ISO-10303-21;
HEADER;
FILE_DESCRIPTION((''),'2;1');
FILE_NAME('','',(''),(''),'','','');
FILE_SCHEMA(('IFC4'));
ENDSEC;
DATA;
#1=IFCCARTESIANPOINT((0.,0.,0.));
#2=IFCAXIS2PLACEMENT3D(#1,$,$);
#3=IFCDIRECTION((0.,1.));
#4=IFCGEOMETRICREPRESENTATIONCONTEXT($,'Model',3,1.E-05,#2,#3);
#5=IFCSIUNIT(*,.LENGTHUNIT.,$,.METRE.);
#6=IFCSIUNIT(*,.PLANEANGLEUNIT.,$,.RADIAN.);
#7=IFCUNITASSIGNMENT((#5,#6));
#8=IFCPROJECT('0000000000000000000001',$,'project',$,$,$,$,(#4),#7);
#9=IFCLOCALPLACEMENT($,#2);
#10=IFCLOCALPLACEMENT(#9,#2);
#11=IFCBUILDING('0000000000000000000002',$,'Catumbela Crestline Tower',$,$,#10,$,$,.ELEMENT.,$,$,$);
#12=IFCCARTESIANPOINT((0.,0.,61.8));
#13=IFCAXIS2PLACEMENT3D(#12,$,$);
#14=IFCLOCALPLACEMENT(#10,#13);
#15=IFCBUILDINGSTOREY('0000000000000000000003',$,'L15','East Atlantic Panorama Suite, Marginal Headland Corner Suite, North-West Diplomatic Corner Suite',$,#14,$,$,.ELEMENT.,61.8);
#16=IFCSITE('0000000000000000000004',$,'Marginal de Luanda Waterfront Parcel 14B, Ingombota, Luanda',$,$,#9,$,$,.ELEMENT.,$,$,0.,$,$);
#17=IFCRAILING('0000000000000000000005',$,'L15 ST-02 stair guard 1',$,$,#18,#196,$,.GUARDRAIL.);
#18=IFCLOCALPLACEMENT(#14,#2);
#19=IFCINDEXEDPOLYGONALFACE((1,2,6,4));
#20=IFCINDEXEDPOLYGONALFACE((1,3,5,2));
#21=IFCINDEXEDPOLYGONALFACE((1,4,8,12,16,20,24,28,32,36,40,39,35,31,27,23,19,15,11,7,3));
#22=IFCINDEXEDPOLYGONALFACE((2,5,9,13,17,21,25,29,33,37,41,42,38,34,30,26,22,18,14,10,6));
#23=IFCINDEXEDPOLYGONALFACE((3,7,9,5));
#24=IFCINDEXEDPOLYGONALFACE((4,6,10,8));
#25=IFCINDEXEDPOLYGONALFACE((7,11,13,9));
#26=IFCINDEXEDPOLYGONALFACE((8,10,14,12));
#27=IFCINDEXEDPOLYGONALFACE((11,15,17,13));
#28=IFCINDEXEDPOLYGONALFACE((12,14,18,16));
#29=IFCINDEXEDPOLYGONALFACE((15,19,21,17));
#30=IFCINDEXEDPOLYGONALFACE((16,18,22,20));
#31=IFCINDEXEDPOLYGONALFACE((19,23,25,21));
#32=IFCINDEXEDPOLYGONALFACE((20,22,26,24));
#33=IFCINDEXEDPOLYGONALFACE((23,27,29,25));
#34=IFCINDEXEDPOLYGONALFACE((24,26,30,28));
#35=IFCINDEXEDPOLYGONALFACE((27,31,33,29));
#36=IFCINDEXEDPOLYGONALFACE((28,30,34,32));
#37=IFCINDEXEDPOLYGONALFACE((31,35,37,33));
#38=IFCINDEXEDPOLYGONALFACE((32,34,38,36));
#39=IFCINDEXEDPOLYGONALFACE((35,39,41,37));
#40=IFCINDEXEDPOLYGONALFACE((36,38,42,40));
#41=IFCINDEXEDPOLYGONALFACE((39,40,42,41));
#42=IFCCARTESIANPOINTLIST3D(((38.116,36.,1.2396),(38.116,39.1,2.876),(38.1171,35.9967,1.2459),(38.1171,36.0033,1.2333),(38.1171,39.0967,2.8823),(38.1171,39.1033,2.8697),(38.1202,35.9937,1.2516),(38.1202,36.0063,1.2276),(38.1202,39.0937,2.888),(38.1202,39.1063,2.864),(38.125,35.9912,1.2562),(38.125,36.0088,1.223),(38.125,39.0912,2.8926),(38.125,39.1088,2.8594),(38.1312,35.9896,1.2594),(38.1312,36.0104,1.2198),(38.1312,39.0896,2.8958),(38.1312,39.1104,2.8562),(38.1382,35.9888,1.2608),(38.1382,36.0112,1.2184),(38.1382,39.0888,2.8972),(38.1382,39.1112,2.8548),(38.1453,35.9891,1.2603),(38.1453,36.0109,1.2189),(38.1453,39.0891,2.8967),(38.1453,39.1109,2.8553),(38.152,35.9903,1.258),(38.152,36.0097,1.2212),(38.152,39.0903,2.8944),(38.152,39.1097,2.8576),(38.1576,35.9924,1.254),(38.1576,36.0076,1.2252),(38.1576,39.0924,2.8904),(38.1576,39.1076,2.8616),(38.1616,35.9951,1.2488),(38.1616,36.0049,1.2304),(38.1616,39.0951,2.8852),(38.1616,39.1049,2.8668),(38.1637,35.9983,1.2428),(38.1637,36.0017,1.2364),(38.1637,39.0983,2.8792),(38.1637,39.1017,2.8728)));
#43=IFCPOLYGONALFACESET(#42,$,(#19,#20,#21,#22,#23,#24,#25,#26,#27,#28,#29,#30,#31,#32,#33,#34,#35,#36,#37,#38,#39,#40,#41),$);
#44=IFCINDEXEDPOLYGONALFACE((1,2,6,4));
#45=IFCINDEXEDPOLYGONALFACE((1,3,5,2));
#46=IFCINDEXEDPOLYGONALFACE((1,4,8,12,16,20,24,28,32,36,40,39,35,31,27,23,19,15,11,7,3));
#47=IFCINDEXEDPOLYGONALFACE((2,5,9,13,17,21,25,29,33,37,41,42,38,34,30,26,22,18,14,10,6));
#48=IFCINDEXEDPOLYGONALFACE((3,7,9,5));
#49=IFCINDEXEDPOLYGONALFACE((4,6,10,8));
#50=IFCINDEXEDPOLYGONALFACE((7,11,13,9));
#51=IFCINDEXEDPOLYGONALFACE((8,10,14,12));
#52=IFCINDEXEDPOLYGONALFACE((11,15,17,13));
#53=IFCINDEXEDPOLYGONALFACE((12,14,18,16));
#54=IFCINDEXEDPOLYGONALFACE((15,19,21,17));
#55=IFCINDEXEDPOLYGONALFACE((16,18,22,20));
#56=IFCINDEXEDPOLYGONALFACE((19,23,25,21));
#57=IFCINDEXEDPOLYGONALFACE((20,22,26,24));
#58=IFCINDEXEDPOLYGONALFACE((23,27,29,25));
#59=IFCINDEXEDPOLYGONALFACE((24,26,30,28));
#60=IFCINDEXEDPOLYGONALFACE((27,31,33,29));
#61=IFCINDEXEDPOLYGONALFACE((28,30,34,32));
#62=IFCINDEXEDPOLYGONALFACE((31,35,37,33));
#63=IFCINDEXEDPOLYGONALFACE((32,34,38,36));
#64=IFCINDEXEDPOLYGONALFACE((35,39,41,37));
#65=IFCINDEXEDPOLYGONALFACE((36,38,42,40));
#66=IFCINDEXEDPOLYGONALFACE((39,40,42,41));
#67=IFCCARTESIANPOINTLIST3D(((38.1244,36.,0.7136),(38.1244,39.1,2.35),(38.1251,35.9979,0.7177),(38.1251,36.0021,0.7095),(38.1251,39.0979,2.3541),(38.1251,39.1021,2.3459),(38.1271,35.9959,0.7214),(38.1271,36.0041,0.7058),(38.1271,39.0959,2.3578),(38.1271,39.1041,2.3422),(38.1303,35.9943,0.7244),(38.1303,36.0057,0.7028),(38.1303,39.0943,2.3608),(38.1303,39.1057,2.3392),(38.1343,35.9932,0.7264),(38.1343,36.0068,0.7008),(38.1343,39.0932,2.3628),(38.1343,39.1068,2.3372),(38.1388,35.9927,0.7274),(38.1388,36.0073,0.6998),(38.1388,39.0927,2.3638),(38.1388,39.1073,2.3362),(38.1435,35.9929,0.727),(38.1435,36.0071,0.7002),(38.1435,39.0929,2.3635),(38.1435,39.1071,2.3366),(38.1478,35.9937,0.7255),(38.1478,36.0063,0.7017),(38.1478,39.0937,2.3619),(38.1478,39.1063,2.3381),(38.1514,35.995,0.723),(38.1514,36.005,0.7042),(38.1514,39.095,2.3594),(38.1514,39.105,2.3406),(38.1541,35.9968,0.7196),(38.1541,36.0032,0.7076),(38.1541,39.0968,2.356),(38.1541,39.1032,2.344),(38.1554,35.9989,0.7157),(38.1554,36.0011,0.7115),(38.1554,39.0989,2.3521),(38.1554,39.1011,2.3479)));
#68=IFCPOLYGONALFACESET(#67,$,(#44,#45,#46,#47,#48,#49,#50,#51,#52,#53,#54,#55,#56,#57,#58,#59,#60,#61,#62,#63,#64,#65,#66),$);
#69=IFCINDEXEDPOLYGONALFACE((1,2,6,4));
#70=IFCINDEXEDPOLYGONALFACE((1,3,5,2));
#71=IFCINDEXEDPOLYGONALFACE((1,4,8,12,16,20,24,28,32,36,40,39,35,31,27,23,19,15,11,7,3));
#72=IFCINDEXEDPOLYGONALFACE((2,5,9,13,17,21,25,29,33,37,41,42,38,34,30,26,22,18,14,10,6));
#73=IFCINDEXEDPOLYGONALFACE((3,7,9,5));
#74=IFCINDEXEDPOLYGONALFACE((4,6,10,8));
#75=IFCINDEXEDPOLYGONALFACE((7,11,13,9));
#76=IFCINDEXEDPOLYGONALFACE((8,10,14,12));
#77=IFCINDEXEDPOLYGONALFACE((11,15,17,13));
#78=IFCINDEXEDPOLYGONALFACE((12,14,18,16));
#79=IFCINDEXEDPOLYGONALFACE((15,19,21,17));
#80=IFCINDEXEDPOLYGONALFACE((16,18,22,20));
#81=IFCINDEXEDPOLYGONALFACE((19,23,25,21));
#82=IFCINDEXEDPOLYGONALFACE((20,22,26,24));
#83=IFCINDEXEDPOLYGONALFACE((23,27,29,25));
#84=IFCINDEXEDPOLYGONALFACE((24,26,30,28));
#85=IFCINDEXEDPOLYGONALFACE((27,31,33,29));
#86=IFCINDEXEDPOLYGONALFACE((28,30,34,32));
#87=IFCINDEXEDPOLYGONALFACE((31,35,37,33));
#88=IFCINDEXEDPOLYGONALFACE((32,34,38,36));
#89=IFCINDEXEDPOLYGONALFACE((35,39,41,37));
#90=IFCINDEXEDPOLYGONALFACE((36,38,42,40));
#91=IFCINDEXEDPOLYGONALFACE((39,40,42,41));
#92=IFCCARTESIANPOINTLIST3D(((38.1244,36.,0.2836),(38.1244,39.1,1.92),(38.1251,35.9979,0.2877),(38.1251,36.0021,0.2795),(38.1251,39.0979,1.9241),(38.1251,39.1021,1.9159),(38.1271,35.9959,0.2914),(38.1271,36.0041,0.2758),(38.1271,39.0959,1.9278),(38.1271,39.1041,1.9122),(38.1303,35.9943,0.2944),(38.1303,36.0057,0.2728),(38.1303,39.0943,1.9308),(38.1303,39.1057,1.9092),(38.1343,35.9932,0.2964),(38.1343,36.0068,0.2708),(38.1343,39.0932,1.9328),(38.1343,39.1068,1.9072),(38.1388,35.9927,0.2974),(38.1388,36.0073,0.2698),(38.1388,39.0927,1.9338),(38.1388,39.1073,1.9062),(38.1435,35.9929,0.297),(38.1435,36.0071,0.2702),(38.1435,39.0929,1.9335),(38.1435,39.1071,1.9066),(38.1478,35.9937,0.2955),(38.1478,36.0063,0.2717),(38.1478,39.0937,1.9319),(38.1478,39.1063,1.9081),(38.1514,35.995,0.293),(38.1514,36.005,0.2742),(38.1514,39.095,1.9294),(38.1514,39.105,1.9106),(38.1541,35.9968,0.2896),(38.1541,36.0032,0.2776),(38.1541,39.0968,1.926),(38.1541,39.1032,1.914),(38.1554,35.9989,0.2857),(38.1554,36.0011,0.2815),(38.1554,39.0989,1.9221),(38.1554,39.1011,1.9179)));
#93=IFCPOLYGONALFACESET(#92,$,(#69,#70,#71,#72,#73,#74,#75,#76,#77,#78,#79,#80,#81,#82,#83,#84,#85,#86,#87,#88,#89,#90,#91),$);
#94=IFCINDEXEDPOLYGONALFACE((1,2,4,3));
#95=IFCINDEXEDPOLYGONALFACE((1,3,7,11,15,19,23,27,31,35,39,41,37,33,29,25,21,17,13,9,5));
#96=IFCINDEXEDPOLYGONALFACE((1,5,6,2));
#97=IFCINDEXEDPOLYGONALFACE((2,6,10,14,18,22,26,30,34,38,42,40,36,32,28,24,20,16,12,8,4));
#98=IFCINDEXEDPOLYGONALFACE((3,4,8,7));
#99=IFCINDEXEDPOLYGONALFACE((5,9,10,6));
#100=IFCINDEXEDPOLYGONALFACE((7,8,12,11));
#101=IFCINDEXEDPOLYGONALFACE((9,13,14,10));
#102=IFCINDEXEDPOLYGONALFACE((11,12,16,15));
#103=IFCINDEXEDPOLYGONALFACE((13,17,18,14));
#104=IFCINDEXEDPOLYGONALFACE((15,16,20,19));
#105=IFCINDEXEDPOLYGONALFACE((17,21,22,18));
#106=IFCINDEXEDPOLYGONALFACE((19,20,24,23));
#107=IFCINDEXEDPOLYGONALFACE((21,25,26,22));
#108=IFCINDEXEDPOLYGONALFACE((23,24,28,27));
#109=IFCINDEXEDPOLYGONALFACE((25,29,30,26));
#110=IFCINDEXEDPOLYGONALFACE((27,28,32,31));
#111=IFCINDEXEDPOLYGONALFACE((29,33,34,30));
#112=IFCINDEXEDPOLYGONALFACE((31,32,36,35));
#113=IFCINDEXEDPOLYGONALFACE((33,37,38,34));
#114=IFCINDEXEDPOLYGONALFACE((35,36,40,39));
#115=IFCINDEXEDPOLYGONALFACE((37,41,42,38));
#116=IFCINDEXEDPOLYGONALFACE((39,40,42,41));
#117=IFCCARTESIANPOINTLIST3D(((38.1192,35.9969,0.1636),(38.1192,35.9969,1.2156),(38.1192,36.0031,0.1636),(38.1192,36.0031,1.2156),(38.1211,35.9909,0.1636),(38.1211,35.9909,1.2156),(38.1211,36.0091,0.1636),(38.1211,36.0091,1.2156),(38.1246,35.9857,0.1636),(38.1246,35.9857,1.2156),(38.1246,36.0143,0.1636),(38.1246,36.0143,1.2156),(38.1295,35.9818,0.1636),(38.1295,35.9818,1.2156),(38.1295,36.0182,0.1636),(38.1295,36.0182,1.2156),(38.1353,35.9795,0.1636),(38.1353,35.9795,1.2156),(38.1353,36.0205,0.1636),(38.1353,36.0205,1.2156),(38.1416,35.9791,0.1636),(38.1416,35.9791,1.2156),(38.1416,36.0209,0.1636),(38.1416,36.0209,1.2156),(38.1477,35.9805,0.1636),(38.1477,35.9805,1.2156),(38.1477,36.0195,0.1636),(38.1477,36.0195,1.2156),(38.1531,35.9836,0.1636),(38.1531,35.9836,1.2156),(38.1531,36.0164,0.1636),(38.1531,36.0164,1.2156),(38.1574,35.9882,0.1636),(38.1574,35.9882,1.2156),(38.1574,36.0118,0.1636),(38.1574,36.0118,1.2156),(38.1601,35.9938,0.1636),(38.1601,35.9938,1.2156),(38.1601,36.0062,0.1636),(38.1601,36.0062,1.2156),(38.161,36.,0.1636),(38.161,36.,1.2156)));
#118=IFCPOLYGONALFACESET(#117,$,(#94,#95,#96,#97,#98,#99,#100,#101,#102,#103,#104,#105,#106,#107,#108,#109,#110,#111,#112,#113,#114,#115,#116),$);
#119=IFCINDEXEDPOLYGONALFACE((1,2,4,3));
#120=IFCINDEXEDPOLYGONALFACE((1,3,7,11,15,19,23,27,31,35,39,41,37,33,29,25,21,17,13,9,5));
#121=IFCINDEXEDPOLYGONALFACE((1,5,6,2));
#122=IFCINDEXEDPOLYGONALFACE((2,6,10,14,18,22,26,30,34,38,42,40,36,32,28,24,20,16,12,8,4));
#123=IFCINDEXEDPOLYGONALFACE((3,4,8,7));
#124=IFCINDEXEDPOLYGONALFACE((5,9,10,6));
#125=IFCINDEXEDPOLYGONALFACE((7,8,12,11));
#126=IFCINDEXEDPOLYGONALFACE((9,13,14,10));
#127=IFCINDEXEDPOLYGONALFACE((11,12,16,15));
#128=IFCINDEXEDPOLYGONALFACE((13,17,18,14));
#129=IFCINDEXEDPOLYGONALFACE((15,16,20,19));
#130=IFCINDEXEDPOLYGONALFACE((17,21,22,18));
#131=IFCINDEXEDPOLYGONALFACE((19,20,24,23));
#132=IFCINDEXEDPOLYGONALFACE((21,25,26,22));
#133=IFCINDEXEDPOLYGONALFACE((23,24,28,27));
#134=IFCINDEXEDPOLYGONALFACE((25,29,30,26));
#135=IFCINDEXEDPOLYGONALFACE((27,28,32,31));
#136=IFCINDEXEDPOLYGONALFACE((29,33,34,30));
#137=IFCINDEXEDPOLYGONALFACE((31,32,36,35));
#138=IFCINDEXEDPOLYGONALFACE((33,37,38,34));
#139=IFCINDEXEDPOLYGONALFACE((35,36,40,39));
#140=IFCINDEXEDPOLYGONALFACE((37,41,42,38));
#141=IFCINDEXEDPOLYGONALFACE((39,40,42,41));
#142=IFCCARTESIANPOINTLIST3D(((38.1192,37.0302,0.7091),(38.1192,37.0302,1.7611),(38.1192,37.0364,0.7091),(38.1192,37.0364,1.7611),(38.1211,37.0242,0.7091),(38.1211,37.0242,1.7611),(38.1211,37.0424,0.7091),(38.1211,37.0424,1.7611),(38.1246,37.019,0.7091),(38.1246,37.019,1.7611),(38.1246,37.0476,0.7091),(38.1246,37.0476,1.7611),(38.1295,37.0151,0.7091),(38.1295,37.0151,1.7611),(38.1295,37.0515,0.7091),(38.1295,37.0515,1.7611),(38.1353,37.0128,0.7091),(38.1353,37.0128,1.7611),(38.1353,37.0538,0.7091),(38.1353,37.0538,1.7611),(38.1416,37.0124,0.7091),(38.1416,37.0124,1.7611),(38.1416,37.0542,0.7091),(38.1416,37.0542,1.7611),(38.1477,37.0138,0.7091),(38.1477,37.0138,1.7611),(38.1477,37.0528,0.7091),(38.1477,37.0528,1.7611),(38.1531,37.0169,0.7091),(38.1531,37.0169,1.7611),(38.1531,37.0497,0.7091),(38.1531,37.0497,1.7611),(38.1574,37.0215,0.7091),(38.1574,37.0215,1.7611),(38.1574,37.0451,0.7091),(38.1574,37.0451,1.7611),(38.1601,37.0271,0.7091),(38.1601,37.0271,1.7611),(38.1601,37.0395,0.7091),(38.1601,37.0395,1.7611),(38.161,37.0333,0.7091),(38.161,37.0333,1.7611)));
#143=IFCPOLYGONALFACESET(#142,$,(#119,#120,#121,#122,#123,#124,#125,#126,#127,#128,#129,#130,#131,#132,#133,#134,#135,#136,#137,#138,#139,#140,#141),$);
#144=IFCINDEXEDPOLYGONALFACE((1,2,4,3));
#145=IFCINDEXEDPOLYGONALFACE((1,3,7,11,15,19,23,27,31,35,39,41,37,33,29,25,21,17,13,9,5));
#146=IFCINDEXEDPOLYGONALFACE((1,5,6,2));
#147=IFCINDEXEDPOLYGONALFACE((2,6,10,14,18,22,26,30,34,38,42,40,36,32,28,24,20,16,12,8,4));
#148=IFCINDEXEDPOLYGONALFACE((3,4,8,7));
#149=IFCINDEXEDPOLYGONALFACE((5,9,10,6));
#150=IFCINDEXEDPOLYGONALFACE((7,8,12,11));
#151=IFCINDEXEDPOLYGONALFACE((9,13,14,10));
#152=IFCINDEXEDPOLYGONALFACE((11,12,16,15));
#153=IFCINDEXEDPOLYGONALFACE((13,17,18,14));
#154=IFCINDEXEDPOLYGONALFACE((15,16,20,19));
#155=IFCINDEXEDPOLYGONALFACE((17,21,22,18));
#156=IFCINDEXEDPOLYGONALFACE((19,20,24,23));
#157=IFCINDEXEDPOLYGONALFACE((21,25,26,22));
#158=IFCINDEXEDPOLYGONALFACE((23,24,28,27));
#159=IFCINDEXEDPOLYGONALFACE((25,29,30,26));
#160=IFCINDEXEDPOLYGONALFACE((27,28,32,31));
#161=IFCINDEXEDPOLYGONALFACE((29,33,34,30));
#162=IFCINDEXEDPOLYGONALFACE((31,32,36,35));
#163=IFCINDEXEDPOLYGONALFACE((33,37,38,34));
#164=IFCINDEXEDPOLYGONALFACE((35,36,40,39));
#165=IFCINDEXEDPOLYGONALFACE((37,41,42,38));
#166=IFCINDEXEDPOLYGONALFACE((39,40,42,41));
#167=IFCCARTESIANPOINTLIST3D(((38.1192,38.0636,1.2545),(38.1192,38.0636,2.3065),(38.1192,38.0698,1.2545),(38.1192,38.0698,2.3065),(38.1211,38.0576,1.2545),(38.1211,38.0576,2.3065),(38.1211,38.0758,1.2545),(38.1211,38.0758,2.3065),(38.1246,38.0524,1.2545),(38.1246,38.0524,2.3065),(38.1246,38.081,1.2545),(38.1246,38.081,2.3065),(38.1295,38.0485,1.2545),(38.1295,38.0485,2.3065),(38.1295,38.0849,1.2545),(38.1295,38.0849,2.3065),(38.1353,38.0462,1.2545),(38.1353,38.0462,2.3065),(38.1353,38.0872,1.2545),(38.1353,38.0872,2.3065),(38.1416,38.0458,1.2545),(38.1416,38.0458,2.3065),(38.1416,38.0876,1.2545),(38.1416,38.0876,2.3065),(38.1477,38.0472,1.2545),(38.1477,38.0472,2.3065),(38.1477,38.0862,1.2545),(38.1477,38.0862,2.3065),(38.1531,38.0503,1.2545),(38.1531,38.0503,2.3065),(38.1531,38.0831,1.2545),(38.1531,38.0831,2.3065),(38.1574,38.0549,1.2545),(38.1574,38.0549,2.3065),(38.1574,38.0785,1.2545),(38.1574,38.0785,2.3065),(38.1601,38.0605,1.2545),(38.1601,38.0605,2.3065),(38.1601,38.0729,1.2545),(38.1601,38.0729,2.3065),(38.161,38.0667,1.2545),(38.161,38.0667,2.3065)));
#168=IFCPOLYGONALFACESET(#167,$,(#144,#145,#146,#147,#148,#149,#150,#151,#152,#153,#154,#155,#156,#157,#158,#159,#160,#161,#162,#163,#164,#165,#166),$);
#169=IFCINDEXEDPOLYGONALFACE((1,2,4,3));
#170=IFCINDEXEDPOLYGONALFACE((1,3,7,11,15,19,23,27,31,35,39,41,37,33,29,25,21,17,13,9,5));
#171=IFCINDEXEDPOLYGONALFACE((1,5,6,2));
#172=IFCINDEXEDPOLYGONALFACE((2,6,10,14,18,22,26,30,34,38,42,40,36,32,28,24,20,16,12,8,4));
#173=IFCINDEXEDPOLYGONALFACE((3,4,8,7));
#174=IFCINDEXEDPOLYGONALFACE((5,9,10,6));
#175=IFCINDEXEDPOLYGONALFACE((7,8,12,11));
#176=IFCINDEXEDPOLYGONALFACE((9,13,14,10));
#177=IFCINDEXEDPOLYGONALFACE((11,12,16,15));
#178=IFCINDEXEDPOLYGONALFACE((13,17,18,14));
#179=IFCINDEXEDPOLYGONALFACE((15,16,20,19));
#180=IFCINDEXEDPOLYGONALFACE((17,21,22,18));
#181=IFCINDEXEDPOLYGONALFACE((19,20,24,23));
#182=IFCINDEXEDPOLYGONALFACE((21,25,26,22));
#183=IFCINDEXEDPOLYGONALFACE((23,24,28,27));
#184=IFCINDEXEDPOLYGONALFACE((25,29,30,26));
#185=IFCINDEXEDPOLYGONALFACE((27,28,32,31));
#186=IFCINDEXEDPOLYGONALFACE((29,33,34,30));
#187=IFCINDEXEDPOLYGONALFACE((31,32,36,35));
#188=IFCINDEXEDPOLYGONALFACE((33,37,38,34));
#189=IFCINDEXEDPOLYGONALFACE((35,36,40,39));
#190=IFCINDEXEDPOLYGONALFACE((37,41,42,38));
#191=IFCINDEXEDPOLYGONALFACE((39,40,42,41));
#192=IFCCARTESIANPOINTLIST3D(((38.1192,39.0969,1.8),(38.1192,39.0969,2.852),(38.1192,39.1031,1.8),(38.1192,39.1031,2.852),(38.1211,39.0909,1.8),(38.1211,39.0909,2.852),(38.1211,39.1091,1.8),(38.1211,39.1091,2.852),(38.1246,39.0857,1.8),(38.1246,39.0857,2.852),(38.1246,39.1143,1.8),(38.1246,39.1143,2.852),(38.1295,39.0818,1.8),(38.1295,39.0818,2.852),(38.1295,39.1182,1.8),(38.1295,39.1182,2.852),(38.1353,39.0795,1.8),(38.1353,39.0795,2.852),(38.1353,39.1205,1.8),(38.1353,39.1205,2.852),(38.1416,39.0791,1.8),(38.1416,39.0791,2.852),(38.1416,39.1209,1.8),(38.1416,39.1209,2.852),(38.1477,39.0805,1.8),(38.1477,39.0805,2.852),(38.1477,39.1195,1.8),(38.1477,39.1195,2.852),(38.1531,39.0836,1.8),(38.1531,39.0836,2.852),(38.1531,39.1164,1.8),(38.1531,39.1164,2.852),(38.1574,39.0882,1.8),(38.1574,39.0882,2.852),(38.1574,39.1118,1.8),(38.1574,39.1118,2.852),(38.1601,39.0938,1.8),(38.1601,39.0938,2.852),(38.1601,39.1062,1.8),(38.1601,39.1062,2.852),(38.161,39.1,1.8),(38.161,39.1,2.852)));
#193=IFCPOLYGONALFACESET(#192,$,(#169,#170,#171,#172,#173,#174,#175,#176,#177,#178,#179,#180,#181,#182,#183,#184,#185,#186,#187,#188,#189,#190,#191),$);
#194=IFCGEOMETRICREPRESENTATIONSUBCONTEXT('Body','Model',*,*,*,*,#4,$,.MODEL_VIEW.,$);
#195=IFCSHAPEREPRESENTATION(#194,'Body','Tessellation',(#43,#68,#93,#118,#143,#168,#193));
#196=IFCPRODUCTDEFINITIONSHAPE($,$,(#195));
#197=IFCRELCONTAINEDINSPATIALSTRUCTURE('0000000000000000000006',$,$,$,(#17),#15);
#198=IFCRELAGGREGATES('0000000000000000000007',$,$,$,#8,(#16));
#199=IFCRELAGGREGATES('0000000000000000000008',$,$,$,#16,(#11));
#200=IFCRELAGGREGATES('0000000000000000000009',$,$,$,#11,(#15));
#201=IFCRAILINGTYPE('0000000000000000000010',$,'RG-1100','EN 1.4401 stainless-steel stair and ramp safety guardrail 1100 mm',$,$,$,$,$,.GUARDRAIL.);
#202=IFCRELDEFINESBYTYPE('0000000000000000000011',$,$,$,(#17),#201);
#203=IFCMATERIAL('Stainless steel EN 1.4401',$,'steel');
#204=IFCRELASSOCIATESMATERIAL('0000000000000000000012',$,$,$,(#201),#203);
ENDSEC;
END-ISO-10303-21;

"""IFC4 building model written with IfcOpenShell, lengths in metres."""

from ifc_helpers import new_model, si_unit, direction, frame, origin, origin_2d, place, context, subcontext, project, spatial, circle, extrude, material, type_object, element, save


model = new_model("IFC4")

# Units and contexts
model_context = context("Model", 3, precision=1e-05, world=origin(), true_north=direction((0.0, 1.0)))
body_context = subcontext(model_context, "Body", "Model", "MODEL_VIEW")
ifc_project = project(units=[si_unit("LENGTHUNIT", "METRE"), si_unit("PLANEANGLEUNIT", "RADIAN")], contexts=[model_context])

# Site, building, storey
site_placement = place(None, origin())
site = spatial("IfcSite", under=ifc_project, at=site_placement, Name="Marginal de Luanda Waterfront Parcel 14B, Ingombota, Luanda", CompositionType="ELEMENT", RefElevation=0.0)
building_placement = place(site_placement, origin())
building = spatial("IfcBuilding", under=site, at=building_placement, Name="Catumbela Crestline Tower", CompositionType="ELEMENT")
storey_placement = place(building_placement, frame((0.0, 0.0, 61.8)))
storey = spatial("IfcBuildingStorey", under=building, at=storey_placement, Name="L15", Description="East Atlantic Panorama Suite, Marginal Headland Corner Suite, North-West Diplomatic Corner Suite", CompositionType="ELEMENT", Elevation=61.8)

# Shared definitions
ifc_material_1 = material(Name="Stainless steel EN 1.4401", Category="steel")

# Railing
railing_type_1 = type_object("IfcRailingType", Name="RG-1100", Description="EN 1.4401 stainless-steel stair and ramp safety guardrail 1100 mm", PredefinedType="GUARDRAIL", material=ifc_material_1)
railing_1_placement = place(storey_placement, frame((38.14, 36.0, 0.1636)))
element("IfcRailing", 1, at=railing_1_placement, inside=storey, type_object=railing_type_1, Name="L15 ST-02 stair guard 1", PredefinedType="GUARDRAIL", context=body_context, shape_type="SweptSolid", body=[
    extrude(circle(Radius=0.024, at=origin_2d()), frame((0.0, 0.0, 1.076), z_axis=(0.0, 0.884351, 0.466823), x_axis=(-1.0, 0.0, 0.0)), (0.0, 0.0, 1.0), 3.5054),
    extrude(circle(Radius=0.0156, at=origin_2d()), frame((0.0, 0.0, 0.55), z_axis=(0.0, 0.884351, 0.466823), x_axis=(-1.0, 0.0, 0.0)), (0.0, 0.0, 1.0), 3.5054),
    extrude(circle(Radius=0.0156, at=origin_2d()), frame((0.0, 0.0, 0.12), z_axis=(0.0, 0.884351, 0.466823), x_axis=(-1.0, 0.0, 0.0)), (0.0, 0.0, 1.0), 3.5054),
    extrude(circle(Radius=0.021, at=origin_2d()), origin(), (0.0, 0.0, 1.0), 1.052),
    extrude(circle(Radius=0.021, at=origin_2d()), frame((0.0, 1.0333, 0.5455)), (0.0, 0.0, 1.0), 1.052),
    extrude(circle(Radius=0.021, at=origin_2d()), frame((0.0, 2.0667, 1.0909)), (0.0, 0.0, 1.0), 1.052),
    extrude(circle(Radius=0.021, at=origin_2d()), frame((0.0, 3.1, 1.6364)), (0.0, 0.0, 1.0), 1.052),
])

save(model, "model.ifc")
